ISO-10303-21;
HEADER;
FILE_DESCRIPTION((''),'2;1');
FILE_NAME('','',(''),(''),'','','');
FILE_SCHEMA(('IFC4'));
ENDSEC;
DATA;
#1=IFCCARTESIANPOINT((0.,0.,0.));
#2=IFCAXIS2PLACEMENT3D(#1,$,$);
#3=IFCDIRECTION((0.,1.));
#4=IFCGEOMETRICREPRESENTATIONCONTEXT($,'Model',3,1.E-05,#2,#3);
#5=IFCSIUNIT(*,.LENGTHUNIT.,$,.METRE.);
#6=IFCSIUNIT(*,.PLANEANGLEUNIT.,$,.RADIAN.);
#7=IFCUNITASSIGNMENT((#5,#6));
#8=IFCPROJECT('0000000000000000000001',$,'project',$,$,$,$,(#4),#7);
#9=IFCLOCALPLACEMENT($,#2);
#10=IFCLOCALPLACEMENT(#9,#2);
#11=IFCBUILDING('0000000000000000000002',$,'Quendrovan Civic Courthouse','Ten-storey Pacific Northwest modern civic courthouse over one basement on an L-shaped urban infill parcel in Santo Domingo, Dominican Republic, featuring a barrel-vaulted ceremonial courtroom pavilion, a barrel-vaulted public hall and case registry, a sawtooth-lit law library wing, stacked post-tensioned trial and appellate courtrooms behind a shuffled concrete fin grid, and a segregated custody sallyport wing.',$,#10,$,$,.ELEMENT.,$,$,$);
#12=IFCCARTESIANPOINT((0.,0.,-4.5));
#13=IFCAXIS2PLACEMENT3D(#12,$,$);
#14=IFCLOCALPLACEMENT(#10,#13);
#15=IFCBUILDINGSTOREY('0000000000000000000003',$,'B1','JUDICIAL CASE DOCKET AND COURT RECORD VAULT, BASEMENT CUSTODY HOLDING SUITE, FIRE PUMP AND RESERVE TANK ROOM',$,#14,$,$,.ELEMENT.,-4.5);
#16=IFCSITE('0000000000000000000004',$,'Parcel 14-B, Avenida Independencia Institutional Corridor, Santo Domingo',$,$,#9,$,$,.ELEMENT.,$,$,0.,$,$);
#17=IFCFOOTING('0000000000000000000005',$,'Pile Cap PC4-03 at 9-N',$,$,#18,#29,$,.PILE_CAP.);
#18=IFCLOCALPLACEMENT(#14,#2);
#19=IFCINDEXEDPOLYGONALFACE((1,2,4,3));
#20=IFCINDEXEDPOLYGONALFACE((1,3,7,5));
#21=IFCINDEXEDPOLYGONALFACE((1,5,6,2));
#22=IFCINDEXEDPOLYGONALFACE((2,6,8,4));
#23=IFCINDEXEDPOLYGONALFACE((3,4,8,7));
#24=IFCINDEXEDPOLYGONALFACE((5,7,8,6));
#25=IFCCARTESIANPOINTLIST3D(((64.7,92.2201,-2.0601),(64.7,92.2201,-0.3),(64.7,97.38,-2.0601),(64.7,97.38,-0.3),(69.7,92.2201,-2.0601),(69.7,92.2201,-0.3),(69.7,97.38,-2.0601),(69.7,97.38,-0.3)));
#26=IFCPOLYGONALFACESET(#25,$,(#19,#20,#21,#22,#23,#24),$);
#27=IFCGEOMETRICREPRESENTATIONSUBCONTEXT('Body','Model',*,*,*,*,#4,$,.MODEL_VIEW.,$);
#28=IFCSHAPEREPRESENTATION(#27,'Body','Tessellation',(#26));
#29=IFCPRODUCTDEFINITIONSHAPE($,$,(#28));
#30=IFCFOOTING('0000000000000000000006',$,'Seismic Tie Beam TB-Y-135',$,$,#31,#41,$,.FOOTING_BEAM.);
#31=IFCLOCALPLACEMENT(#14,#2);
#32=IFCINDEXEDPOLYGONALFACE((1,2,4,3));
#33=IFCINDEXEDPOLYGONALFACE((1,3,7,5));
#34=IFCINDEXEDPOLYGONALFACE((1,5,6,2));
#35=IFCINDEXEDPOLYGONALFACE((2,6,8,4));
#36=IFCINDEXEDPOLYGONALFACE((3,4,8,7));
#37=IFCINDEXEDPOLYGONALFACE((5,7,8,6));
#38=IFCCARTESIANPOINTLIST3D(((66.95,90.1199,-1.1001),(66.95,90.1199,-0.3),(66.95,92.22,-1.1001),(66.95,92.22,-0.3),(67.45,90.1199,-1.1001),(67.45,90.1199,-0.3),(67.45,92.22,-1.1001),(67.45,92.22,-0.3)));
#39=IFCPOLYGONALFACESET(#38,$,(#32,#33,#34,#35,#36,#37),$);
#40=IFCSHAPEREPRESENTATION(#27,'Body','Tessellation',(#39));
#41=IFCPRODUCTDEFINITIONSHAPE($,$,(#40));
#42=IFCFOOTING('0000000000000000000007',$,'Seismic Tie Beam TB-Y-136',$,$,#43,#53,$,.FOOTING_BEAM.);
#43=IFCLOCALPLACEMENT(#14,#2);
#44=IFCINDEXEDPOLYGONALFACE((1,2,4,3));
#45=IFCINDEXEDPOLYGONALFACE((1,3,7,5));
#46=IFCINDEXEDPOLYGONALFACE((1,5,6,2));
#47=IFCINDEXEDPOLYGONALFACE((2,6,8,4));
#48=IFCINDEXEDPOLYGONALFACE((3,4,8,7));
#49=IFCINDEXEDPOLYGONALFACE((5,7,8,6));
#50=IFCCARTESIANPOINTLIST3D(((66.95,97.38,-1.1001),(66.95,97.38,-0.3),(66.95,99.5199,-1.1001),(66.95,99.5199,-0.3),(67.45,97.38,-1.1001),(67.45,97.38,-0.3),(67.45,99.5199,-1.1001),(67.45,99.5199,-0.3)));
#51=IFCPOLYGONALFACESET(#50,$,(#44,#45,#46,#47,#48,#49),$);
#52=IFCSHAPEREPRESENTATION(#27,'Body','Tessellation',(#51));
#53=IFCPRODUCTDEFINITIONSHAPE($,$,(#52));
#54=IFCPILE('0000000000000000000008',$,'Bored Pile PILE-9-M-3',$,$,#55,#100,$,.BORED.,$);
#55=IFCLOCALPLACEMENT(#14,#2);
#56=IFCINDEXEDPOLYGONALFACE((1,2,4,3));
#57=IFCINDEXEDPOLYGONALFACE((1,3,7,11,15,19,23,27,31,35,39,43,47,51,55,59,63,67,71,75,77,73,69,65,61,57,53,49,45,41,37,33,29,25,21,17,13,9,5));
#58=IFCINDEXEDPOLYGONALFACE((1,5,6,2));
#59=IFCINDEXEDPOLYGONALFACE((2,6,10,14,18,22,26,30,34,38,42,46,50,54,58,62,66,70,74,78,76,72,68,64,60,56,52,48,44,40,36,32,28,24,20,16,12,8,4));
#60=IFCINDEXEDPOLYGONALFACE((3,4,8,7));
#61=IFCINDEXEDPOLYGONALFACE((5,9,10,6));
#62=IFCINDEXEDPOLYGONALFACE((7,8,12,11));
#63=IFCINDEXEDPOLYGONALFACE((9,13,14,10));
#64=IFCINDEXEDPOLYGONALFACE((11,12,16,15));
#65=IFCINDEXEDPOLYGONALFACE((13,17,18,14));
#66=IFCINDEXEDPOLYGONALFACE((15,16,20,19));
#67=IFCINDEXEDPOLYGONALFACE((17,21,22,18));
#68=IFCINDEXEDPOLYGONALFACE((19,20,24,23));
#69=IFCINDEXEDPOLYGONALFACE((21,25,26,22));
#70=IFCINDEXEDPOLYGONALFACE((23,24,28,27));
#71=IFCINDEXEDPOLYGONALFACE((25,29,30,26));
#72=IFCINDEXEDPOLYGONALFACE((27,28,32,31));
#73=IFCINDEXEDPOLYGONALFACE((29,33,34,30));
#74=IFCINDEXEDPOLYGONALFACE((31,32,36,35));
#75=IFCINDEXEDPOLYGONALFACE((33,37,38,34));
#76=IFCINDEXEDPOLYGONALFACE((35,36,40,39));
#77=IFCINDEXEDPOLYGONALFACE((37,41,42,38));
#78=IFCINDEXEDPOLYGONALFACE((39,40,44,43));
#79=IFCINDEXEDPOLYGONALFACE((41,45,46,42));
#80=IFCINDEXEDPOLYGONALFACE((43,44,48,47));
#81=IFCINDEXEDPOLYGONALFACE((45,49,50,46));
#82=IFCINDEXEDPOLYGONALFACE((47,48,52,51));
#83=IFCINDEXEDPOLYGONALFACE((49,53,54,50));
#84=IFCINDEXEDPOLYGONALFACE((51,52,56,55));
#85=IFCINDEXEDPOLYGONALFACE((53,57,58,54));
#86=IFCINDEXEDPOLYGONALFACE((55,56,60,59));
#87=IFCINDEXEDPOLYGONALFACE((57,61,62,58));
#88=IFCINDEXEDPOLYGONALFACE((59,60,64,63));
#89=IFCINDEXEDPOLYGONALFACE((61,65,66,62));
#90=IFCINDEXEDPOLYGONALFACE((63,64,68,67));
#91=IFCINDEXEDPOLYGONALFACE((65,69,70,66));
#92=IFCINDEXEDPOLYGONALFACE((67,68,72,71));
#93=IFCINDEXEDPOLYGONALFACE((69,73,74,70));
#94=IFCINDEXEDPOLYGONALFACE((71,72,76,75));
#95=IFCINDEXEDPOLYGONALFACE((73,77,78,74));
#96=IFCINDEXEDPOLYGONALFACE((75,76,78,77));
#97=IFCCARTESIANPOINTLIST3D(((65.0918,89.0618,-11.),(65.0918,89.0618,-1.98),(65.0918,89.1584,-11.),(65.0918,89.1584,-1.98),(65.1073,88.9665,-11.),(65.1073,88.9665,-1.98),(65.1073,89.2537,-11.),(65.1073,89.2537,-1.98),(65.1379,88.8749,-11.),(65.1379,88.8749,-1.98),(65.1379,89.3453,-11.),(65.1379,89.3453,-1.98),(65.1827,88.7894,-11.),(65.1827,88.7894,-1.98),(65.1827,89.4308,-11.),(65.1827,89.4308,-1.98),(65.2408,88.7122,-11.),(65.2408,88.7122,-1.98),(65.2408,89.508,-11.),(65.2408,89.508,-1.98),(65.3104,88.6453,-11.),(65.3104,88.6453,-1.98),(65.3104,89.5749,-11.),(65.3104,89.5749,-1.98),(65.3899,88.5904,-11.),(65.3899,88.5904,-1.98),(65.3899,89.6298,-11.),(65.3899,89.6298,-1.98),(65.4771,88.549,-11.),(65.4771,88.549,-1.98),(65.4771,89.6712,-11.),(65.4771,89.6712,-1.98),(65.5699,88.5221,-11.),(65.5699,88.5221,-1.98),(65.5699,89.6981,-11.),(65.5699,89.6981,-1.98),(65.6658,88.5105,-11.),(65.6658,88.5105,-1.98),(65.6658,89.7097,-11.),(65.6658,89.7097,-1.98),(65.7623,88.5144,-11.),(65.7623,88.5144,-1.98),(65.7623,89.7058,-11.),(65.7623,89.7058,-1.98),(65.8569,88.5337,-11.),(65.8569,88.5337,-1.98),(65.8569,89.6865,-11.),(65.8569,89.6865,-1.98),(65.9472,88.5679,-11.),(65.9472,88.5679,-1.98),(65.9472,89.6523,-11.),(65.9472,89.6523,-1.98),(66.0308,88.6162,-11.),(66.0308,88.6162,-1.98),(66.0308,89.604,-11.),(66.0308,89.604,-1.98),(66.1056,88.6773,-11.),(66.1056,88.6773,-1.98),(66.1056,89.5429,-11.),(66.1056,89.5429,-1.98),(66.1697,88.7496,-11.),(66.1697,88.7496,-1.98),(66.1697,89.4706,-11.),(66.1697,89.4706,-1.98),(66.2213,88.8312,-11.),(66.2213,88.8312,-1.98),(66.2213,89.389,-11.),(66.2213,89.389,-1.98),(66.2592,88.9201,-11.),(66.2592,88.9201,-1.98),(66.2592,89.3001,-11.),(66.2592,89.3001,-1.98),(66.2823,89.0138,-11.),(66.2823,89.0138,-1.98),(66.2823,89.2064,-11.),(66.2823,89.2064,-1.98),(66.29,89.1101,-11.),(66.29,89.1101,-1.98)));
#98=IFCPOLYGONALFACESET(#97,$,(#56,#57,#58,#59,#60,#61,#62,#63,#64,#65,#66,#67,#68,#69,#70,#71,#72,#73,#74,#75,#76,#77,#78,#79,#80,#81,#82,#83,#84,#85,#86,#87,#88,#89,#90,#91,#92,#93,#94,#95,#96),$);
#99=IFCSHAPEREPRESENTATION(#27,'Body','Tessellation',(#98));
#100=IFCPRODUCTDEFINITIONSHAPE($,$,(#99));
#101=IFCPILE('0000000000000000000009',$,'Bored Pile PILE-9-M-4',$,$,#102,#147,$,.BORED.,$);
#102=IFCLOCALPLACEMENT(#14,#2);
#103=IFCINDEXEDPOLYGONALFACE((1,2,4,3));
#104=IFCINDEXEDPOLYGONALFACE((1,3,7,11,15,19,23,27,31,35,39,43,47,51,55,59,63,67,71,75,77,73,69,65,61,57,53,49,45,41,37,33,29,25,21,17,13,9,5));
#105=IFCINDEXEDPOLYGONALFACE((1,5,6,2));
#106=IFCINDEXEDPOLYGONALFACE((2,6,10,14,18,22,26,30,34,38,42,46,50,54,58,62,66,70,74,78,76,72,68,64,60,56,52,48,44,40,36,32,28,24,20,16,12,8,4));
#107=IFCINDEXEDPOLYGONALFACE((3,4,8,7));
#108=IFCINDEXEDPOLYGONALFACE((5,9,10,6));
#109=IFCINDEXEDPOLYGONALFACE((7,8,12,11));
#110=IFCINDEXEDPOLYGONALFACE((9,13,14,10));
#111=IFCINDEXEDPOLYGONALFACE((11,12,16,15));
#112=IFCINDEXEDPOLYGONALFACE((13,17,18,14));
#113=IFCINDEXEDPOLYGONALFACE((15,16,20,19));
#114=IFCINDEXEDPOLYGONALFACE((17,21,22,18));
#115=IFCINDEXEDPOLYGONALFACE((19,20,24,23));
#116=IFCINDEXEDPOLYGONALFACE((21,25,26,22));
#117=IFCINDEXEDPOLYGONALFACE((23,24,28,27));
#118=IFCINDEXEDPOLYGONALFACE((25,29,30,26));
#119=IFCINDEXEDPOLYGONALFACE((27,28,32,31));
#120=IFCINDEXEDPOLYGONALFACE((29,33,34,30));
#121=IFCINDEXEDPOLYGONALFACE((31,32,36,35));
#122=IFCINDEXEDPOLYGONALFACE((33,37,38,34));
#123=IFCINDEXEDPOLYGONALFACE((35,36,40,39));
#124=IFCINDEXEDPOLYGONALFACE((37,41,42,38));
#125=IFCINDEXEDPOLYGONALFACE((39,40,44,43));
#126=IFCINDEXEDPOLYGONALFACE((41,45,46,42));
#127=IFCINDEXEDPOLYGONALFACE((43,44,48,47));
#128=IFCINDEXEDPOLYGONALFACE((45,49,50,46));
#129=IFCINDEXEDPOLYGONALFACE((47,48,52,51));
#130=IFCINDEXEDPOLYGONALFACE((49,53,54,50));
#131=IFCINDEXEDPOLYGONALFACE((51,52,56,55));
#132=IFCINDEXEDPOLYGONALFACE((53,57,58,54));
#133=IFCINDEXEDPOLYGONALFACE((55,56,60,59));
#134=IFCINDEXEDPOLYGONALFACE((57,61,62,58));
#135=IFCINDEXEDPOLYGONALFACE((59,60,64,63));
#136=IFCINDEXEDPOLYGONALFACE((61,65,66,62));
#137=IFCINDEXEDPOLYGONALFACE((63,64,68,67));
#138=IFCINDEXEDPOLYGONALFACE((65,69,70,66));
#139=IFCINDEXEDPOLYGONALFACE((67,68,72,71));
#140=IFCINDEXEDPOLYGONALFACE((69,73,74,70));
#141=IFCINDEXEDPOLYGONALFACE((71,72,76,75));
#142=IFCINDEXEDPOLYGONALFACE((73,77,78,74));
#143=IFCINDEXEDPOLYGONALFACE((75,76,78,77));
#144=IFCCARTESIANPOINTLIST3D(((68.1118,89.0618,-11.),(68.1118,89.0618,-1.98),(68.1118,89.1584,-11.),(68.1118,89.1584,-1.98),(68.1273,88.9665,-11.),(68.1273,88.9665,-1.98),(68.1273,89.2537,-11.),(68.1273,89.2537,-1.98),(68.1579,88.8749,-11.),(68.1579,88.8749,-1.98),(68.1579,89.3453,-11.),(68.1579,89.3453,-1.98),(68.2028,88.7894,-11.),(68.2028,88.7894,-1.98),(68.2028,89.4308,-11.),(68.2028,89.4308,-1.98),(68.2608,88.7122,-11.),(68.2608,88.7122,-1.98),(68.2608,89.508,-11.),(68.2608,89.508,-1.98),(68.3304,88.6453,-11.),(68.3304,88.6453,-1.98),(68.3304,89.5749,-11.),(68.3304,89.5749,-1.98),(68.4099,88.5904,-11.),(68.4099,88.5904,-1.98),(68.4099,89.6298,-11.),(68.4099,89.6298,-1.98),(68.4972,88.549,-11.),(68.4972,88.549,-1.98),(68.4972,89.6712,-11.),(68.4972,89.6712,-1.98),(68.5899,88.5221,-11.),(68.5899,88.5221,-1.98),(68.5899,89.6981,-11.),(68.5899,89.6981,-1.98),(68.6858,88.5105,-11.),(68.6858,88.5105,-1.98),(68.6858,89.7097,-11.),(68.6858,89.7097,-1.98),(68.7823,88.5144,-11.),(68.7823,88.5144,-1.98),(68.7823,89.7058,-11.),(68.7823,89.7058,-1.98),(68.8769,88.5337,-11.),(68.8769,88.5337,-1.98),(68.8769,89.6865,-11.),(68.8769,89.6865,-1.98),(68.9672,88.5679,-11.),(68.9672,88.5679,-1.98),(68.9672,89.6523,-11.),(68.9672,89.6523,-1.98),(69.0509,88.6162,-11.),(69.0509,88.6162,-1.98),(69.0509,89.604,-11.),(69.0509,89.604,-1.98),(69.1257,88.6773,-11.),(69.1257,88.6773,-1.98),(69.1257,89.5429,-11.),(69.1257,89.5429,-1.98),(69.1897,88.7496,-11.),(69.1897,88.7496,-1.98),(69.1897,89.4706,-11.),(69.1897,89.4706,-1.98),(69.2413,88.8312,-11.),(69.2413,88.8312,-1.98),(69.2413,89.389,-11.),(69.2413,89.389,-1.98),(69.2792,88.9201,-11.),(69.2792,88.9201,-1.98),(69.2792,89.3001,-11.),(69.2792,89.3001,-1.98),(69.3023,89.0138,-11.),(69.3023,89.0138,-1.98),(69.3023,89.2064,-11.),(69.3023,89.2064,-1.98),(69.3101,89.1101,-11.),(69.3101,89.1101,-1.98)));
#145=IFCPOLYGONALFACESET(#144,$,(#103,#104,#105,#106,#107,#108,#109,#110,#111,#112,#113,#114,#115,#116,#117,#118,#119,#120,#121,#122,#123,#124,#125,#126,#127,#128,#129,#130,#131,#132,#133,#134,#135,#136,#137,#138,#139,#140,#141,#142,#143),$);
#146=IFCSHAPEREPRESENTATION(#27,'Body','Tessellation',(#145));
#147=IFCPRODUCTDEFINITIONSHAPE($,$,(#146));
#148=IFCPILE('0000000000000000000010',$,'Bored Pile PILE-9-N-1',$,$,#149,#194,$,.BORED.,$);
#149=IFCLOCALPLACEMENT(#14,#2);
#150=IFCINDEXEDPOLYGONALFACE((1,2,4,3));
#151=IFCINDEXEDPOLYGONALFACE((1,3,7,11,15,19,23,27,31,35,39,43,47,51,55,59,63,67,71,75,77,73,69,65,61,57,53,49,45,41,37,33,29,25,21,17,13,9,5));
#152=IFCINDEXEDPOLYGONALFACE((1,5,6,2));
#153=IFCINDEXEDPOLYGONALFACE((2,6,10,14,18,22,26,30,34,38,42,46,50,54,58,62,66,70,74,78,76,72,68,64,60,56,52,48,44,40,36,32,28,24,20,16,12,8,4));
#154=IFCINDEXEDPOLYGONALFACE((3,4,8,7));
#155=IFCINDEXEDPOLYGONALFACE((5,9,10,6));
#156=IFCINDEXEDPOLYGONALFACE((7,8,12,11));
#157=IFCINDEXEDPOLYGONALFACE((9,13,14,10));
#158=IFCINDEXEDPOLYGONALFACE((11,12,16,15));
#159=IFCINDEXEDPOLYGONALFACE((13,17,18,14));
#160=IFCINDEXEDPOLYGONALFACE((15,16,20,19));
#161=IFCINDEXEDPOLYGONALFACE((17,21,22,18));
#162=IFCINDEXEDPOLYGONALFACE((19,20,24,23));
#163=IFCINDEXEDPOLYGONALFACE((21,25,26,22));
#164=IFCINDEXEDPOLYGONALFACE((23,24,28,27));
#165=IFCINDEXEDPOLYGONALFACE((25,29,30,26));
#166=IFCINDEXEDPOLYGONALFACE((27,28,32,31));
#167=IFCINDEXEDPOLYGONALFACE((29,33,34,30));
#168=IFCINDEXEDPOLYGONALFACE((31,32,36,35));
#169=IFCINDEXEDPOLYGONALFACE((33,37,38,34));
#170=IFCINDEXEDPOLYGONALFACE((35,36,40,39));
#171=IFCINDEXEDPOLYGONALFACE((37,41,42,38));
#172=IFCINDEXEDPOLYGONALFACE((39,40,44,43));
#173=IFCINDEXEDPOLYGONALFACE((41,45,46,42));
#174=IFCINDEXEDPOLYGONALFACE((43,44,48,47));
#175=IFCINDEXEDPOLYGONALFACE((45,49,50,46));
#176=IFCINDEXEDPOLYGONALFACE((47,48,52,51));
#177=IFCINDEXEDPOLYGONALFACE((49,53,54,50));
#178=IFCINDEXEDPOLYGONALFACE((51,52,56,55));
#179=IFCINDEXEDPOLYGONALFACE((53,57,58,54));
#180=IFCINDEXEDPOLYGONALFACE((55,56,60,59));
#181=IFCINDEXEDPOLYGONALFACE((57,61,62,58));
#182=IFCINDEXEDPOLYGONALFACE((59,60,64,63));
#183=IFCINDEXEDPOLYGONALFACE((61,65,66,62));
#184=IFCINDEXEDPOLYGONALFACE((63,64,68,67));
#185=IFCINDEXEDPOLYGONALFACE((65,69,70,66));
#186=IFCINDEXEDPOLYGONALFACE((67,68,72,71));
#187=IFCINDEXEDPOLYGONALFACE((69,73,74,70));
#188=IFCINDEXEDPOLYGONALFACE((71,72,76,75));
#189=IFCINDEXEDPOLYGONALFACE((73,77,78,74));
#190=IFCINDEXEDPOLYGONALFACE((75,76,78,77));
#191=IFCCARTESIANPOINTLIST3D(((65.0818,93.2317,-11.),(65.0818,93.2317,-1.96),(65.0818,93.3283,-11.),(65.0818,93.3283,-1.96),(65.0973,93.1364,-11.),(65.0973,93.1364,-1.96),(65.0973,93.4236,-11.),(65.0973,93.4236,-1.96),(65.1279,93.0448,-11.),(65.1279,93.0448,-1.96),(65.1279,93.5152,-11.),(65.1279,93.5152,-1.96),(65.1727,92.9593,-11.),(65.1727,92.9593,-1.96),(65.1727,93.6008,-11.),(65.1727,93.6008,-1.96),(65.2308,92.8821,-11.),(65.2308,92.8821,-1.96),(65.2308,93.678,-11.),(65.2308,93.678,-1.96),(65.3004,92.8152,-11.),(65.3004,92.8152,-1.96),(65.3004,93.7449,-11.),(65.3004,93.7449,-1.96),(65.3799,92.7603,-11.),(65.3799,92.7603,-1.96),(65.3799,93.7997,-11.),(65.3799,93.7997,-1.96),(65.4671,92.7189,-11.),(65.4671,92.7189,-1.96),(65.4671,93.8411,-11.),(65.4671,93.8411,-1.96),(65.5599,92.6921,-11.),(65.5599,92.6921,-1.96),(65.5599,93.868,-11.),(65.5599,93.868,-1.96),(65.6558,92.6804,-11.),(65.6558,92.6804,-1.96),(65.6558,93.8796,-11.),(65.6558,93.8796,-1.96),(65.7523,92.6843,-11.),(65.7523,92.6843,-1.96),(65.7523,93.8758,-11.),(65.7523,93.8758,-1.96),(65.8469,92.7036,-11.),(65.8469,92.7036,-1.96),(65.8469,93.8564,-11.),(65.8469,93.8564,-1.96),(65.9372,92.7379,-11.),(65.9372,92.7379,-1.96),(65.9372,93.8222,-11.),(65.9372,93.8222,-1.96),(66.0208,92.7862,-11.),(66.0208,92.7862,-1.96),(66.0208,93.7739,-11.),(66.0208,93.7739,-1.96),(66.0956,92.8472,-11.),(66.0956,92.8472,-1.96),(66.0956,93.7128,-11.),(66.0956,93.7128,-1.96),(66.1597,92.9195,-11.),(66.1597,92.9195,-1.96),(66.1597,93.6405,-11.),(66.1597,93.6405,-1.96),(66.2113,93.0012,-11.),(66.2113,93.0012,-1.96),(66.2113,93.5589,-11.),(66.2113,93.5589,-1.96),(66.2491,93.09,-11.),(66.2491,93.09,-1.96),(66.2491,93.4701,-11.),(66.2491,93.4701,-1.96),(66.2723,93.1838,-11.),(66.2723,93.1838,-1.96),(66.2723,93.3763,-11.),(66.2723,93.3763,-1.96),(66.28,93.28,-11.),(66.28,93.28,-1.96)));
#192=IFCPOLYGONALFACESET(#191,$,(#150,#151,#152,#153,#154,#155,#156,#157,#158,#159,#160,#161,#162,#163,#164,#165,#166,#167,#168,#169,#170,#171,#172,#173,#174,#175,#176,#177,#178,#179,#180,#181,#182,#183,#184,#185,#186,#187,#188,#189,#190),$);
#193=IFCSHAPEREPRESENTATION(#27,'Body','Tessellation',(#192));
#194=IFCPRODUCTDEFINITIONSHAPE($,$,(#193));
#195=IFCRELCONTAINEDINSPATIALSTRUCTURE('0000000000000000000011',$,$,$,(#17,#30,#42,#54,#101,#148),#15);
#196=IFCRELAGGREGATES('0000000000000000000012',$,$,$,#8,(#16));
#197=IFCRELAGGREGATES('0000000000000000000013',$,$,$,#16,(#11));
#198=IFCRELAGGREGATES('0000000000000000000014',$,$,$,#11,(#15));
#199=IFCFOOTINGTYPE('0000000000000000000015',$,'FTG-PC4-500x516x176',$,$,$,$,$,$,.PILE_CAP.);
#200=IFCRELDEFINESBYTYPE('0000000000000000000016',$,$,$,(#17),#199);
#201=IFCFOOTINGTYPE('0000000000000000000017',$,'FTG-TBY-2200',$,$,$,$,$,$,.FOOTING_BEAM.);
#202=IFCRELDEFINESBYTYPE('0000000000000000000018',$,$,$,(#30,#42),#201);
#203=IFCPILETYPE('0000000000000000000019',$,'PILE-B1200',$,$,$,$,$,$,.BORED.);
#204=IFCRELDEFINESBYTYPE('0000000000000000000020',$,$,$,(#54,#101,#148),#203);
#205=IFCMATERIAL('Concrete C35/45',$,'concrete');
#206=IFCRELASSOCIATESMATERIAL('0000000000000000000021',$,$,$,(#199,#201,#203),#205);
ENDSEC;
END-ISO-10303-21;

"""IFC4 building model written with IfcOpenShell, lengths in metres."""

from ifc_helpers import new_model, si_unit, direction, frame, origin, origin_2d, place, context, subcontext, project, spatial, rectangle, circle, extrude, material, material_profile, profile_set, type_object, element, save


model = new_model("IFC4")

# Units and contexts
model_context = context("Model", 3, precision=1e-05, world=origin(), true_north=direction((0.0, 1.0)))
body_context = subcontext(model_context, "Body", "Model", "MODEL_VIEW")
ifc_project = project(units=[si_unit("LENGTHUNIT", "METRE"), si_unit("PLANEANGLEUNIT", "RADIAN")], contexts=[model_context])

# Site, building, storey
site_placement = place(None, origin())
site = spatial("IfcSite", under=ifc_project, at=site_placement, Name="Parcel 14-B, Avenida Independencia Institutional Corridor, Santo Domingo", CompositionType="ELEMENT", RefElevation=0.0)
building_placement = place(site_placement, origin())
building = spatial("IfcBuilding", under=site, at=building_placement, Name="Quendrovan Civic Courthouse", Description="Ten-storey Pacific Northwest modern civic courthouse over one basement on an L-shaped urban infill parcel in Santo Domingo, Dominican Republic, featuring a barrel-vaulted ceremonial courtroom pavilion, a barrel-vaulted public hall and case registry, a sawtooth-lit law library wing, stacked post-tensioned trial and appellate courtrooms behind a shuffled concrete fin grid, and a segregated custody sallyport wing.", CompositionType="ELEMENT")
storey_placement = place(building_placement, frame((0.0, 0.0, -4.5)))
storey = spatial("IfcBuildingStorey", under=building, at=storey_placement, Name="B1", Description="JUDICIAL CASE DOCKET AND COURT RECORD VAULT, BASEMENT CUSTODY HOLDING SUITE, FIRE PUMP AND RESERVE TANK ROOM", CompositionType="ELEMENT", Elevation=-4.5)

# Footings
ifc_material_1 = material(Name="Concrete C35/45", Category="concrete")
footing_type_1 = type_object("IfcFootingType", Name="FTG-PC4-500x516x176", PredefinedType="PILE_CAP", material=ifc_material_1)
footing_1_placement = place(storey_placement, frame((67.2, 94.8, -2.0601), z_axis=(0.0, 0.0, 1.0), x_axis=(1.0, 0.0, 0.0)))
element("IfcFooting", 1, at=footing_1_placement, inside=storey, type_object=footing_type_1, Name="Pile Cap PC4-03 at 9-N", PredefinedType="PILE_CAP", context=body_context, shape_type="SweptSolid", body=[
    extrude(rectangle(XDim=5.0, YDim=5.1599, at=origin_2d()), origin(), (0.0, 0.0, 1.0), 1.76),
])
footing_type_2 = type_object("IfcFootingType", Name="FTG-TBY-2200", PredefinedType="FOOTING_BEAM", material=ifc_material_1)
footing_2_placement = place(storey_placement, frame((67.2, 91.1699, -1.1001), z_axis=(0.0, 0.0, 1.0), x_axis=(1.0, 0.0, 0.0)))
element("IfcFooting", 2, at=footing_2_placement, inside=storey, type_object=footing_type_2, Name="Seismic Tie Beam TB-Y-135", PredefinedType="FOOTING_BEAM", context=body_context, shape_type="SweptSolid", body=[
    extrude(rectangle(XDim=0.5, YDim=2.1001, at=origin_2d()), origin(), (0.0, 0.0, 1.0), 0.8),
])
footing_3_placement = place(storey_placement, frame((67.2, 98.45, -1.1001), z_axis=(0.0, 0.0, 1.0), x_axis=(1.0, 0.0, 0.0)))
element("IfcFooting", 3, at=footing_3_placement, inside=storey, type_object=footing_type_2, Name="Seismic Tie Beam TB-Y-136", PredefinedType="FOOTING_BEAM", context=body_context, shape_type="SweptSolid", body=[
    extrude(rectangle(XDim=0.5, YDim=2.1399, at=origin_2d()), origin(), (0.0, 0.0, 1.0), 0.8),
])

# Piles
ifc_material_profile_1 = material_profile(ifc_material_1, circle(Radius=0.6001, at=origin_2d()), Name="PILE-D1200")
ifc_profile_set_1 = profile_set([ifc_material_profile_1], Name="Concrete C35/45")
pile_type = type_object("IfcPileType", Name="PILE-B1200", PredefinedType="BORED", material=ifc_profile_set_1)
for number, where, z_axis, x_axis, name in (
    (4, (65.6899, 89.1101, -1.98), (0.0, 0.0, -1.0), (1.0, 0.0, 0.0), "Bored Pile PILE-9-M-3"),
    (5, (68.71, 89.1101, -1.98), (0.0, 0.0, -1.0), (1.0, 0.0, 0.0), "Bored Pile PILE-9-M-4"),
):
    element("IfcPile", number, at=place(storey_placement, frame(where, z_axis=z_axis, x_axis=x_axis)), inside=storey, type_object=pile_type, Name=name, PredefinedType="BORED", context=body_context, shape_type="SweptSolid", body=[
        extrude(circle(Radius=0.6001, at=origin_2d()), origin(), (0.0, 0.0, 1.0), 9.02),
    ])
for number, where, z_axis, x_axis, name in (
    (6, (65.6799, 93.28, -1.96), (0.0, 0.0, -1.0), (1.0, 0.0, 0.0), "Bored Pile PILE-9-N-1"),
):
    element("IfcPile", number, at=place(storey_placement, frame(where, z_axis=z_axis, x_axis=x_axis)), inside=storey, type_object=pile_type, Name=name, PredefinedType="BORED", context=body_context, shape_type="SweptSolid", body=[
        extrude(circle(Radius=0.6001, at=origin_2d()), origin(), (0.0, 0.0, 1.0), 9.04),
    ])

save(model, "model.ifc")
